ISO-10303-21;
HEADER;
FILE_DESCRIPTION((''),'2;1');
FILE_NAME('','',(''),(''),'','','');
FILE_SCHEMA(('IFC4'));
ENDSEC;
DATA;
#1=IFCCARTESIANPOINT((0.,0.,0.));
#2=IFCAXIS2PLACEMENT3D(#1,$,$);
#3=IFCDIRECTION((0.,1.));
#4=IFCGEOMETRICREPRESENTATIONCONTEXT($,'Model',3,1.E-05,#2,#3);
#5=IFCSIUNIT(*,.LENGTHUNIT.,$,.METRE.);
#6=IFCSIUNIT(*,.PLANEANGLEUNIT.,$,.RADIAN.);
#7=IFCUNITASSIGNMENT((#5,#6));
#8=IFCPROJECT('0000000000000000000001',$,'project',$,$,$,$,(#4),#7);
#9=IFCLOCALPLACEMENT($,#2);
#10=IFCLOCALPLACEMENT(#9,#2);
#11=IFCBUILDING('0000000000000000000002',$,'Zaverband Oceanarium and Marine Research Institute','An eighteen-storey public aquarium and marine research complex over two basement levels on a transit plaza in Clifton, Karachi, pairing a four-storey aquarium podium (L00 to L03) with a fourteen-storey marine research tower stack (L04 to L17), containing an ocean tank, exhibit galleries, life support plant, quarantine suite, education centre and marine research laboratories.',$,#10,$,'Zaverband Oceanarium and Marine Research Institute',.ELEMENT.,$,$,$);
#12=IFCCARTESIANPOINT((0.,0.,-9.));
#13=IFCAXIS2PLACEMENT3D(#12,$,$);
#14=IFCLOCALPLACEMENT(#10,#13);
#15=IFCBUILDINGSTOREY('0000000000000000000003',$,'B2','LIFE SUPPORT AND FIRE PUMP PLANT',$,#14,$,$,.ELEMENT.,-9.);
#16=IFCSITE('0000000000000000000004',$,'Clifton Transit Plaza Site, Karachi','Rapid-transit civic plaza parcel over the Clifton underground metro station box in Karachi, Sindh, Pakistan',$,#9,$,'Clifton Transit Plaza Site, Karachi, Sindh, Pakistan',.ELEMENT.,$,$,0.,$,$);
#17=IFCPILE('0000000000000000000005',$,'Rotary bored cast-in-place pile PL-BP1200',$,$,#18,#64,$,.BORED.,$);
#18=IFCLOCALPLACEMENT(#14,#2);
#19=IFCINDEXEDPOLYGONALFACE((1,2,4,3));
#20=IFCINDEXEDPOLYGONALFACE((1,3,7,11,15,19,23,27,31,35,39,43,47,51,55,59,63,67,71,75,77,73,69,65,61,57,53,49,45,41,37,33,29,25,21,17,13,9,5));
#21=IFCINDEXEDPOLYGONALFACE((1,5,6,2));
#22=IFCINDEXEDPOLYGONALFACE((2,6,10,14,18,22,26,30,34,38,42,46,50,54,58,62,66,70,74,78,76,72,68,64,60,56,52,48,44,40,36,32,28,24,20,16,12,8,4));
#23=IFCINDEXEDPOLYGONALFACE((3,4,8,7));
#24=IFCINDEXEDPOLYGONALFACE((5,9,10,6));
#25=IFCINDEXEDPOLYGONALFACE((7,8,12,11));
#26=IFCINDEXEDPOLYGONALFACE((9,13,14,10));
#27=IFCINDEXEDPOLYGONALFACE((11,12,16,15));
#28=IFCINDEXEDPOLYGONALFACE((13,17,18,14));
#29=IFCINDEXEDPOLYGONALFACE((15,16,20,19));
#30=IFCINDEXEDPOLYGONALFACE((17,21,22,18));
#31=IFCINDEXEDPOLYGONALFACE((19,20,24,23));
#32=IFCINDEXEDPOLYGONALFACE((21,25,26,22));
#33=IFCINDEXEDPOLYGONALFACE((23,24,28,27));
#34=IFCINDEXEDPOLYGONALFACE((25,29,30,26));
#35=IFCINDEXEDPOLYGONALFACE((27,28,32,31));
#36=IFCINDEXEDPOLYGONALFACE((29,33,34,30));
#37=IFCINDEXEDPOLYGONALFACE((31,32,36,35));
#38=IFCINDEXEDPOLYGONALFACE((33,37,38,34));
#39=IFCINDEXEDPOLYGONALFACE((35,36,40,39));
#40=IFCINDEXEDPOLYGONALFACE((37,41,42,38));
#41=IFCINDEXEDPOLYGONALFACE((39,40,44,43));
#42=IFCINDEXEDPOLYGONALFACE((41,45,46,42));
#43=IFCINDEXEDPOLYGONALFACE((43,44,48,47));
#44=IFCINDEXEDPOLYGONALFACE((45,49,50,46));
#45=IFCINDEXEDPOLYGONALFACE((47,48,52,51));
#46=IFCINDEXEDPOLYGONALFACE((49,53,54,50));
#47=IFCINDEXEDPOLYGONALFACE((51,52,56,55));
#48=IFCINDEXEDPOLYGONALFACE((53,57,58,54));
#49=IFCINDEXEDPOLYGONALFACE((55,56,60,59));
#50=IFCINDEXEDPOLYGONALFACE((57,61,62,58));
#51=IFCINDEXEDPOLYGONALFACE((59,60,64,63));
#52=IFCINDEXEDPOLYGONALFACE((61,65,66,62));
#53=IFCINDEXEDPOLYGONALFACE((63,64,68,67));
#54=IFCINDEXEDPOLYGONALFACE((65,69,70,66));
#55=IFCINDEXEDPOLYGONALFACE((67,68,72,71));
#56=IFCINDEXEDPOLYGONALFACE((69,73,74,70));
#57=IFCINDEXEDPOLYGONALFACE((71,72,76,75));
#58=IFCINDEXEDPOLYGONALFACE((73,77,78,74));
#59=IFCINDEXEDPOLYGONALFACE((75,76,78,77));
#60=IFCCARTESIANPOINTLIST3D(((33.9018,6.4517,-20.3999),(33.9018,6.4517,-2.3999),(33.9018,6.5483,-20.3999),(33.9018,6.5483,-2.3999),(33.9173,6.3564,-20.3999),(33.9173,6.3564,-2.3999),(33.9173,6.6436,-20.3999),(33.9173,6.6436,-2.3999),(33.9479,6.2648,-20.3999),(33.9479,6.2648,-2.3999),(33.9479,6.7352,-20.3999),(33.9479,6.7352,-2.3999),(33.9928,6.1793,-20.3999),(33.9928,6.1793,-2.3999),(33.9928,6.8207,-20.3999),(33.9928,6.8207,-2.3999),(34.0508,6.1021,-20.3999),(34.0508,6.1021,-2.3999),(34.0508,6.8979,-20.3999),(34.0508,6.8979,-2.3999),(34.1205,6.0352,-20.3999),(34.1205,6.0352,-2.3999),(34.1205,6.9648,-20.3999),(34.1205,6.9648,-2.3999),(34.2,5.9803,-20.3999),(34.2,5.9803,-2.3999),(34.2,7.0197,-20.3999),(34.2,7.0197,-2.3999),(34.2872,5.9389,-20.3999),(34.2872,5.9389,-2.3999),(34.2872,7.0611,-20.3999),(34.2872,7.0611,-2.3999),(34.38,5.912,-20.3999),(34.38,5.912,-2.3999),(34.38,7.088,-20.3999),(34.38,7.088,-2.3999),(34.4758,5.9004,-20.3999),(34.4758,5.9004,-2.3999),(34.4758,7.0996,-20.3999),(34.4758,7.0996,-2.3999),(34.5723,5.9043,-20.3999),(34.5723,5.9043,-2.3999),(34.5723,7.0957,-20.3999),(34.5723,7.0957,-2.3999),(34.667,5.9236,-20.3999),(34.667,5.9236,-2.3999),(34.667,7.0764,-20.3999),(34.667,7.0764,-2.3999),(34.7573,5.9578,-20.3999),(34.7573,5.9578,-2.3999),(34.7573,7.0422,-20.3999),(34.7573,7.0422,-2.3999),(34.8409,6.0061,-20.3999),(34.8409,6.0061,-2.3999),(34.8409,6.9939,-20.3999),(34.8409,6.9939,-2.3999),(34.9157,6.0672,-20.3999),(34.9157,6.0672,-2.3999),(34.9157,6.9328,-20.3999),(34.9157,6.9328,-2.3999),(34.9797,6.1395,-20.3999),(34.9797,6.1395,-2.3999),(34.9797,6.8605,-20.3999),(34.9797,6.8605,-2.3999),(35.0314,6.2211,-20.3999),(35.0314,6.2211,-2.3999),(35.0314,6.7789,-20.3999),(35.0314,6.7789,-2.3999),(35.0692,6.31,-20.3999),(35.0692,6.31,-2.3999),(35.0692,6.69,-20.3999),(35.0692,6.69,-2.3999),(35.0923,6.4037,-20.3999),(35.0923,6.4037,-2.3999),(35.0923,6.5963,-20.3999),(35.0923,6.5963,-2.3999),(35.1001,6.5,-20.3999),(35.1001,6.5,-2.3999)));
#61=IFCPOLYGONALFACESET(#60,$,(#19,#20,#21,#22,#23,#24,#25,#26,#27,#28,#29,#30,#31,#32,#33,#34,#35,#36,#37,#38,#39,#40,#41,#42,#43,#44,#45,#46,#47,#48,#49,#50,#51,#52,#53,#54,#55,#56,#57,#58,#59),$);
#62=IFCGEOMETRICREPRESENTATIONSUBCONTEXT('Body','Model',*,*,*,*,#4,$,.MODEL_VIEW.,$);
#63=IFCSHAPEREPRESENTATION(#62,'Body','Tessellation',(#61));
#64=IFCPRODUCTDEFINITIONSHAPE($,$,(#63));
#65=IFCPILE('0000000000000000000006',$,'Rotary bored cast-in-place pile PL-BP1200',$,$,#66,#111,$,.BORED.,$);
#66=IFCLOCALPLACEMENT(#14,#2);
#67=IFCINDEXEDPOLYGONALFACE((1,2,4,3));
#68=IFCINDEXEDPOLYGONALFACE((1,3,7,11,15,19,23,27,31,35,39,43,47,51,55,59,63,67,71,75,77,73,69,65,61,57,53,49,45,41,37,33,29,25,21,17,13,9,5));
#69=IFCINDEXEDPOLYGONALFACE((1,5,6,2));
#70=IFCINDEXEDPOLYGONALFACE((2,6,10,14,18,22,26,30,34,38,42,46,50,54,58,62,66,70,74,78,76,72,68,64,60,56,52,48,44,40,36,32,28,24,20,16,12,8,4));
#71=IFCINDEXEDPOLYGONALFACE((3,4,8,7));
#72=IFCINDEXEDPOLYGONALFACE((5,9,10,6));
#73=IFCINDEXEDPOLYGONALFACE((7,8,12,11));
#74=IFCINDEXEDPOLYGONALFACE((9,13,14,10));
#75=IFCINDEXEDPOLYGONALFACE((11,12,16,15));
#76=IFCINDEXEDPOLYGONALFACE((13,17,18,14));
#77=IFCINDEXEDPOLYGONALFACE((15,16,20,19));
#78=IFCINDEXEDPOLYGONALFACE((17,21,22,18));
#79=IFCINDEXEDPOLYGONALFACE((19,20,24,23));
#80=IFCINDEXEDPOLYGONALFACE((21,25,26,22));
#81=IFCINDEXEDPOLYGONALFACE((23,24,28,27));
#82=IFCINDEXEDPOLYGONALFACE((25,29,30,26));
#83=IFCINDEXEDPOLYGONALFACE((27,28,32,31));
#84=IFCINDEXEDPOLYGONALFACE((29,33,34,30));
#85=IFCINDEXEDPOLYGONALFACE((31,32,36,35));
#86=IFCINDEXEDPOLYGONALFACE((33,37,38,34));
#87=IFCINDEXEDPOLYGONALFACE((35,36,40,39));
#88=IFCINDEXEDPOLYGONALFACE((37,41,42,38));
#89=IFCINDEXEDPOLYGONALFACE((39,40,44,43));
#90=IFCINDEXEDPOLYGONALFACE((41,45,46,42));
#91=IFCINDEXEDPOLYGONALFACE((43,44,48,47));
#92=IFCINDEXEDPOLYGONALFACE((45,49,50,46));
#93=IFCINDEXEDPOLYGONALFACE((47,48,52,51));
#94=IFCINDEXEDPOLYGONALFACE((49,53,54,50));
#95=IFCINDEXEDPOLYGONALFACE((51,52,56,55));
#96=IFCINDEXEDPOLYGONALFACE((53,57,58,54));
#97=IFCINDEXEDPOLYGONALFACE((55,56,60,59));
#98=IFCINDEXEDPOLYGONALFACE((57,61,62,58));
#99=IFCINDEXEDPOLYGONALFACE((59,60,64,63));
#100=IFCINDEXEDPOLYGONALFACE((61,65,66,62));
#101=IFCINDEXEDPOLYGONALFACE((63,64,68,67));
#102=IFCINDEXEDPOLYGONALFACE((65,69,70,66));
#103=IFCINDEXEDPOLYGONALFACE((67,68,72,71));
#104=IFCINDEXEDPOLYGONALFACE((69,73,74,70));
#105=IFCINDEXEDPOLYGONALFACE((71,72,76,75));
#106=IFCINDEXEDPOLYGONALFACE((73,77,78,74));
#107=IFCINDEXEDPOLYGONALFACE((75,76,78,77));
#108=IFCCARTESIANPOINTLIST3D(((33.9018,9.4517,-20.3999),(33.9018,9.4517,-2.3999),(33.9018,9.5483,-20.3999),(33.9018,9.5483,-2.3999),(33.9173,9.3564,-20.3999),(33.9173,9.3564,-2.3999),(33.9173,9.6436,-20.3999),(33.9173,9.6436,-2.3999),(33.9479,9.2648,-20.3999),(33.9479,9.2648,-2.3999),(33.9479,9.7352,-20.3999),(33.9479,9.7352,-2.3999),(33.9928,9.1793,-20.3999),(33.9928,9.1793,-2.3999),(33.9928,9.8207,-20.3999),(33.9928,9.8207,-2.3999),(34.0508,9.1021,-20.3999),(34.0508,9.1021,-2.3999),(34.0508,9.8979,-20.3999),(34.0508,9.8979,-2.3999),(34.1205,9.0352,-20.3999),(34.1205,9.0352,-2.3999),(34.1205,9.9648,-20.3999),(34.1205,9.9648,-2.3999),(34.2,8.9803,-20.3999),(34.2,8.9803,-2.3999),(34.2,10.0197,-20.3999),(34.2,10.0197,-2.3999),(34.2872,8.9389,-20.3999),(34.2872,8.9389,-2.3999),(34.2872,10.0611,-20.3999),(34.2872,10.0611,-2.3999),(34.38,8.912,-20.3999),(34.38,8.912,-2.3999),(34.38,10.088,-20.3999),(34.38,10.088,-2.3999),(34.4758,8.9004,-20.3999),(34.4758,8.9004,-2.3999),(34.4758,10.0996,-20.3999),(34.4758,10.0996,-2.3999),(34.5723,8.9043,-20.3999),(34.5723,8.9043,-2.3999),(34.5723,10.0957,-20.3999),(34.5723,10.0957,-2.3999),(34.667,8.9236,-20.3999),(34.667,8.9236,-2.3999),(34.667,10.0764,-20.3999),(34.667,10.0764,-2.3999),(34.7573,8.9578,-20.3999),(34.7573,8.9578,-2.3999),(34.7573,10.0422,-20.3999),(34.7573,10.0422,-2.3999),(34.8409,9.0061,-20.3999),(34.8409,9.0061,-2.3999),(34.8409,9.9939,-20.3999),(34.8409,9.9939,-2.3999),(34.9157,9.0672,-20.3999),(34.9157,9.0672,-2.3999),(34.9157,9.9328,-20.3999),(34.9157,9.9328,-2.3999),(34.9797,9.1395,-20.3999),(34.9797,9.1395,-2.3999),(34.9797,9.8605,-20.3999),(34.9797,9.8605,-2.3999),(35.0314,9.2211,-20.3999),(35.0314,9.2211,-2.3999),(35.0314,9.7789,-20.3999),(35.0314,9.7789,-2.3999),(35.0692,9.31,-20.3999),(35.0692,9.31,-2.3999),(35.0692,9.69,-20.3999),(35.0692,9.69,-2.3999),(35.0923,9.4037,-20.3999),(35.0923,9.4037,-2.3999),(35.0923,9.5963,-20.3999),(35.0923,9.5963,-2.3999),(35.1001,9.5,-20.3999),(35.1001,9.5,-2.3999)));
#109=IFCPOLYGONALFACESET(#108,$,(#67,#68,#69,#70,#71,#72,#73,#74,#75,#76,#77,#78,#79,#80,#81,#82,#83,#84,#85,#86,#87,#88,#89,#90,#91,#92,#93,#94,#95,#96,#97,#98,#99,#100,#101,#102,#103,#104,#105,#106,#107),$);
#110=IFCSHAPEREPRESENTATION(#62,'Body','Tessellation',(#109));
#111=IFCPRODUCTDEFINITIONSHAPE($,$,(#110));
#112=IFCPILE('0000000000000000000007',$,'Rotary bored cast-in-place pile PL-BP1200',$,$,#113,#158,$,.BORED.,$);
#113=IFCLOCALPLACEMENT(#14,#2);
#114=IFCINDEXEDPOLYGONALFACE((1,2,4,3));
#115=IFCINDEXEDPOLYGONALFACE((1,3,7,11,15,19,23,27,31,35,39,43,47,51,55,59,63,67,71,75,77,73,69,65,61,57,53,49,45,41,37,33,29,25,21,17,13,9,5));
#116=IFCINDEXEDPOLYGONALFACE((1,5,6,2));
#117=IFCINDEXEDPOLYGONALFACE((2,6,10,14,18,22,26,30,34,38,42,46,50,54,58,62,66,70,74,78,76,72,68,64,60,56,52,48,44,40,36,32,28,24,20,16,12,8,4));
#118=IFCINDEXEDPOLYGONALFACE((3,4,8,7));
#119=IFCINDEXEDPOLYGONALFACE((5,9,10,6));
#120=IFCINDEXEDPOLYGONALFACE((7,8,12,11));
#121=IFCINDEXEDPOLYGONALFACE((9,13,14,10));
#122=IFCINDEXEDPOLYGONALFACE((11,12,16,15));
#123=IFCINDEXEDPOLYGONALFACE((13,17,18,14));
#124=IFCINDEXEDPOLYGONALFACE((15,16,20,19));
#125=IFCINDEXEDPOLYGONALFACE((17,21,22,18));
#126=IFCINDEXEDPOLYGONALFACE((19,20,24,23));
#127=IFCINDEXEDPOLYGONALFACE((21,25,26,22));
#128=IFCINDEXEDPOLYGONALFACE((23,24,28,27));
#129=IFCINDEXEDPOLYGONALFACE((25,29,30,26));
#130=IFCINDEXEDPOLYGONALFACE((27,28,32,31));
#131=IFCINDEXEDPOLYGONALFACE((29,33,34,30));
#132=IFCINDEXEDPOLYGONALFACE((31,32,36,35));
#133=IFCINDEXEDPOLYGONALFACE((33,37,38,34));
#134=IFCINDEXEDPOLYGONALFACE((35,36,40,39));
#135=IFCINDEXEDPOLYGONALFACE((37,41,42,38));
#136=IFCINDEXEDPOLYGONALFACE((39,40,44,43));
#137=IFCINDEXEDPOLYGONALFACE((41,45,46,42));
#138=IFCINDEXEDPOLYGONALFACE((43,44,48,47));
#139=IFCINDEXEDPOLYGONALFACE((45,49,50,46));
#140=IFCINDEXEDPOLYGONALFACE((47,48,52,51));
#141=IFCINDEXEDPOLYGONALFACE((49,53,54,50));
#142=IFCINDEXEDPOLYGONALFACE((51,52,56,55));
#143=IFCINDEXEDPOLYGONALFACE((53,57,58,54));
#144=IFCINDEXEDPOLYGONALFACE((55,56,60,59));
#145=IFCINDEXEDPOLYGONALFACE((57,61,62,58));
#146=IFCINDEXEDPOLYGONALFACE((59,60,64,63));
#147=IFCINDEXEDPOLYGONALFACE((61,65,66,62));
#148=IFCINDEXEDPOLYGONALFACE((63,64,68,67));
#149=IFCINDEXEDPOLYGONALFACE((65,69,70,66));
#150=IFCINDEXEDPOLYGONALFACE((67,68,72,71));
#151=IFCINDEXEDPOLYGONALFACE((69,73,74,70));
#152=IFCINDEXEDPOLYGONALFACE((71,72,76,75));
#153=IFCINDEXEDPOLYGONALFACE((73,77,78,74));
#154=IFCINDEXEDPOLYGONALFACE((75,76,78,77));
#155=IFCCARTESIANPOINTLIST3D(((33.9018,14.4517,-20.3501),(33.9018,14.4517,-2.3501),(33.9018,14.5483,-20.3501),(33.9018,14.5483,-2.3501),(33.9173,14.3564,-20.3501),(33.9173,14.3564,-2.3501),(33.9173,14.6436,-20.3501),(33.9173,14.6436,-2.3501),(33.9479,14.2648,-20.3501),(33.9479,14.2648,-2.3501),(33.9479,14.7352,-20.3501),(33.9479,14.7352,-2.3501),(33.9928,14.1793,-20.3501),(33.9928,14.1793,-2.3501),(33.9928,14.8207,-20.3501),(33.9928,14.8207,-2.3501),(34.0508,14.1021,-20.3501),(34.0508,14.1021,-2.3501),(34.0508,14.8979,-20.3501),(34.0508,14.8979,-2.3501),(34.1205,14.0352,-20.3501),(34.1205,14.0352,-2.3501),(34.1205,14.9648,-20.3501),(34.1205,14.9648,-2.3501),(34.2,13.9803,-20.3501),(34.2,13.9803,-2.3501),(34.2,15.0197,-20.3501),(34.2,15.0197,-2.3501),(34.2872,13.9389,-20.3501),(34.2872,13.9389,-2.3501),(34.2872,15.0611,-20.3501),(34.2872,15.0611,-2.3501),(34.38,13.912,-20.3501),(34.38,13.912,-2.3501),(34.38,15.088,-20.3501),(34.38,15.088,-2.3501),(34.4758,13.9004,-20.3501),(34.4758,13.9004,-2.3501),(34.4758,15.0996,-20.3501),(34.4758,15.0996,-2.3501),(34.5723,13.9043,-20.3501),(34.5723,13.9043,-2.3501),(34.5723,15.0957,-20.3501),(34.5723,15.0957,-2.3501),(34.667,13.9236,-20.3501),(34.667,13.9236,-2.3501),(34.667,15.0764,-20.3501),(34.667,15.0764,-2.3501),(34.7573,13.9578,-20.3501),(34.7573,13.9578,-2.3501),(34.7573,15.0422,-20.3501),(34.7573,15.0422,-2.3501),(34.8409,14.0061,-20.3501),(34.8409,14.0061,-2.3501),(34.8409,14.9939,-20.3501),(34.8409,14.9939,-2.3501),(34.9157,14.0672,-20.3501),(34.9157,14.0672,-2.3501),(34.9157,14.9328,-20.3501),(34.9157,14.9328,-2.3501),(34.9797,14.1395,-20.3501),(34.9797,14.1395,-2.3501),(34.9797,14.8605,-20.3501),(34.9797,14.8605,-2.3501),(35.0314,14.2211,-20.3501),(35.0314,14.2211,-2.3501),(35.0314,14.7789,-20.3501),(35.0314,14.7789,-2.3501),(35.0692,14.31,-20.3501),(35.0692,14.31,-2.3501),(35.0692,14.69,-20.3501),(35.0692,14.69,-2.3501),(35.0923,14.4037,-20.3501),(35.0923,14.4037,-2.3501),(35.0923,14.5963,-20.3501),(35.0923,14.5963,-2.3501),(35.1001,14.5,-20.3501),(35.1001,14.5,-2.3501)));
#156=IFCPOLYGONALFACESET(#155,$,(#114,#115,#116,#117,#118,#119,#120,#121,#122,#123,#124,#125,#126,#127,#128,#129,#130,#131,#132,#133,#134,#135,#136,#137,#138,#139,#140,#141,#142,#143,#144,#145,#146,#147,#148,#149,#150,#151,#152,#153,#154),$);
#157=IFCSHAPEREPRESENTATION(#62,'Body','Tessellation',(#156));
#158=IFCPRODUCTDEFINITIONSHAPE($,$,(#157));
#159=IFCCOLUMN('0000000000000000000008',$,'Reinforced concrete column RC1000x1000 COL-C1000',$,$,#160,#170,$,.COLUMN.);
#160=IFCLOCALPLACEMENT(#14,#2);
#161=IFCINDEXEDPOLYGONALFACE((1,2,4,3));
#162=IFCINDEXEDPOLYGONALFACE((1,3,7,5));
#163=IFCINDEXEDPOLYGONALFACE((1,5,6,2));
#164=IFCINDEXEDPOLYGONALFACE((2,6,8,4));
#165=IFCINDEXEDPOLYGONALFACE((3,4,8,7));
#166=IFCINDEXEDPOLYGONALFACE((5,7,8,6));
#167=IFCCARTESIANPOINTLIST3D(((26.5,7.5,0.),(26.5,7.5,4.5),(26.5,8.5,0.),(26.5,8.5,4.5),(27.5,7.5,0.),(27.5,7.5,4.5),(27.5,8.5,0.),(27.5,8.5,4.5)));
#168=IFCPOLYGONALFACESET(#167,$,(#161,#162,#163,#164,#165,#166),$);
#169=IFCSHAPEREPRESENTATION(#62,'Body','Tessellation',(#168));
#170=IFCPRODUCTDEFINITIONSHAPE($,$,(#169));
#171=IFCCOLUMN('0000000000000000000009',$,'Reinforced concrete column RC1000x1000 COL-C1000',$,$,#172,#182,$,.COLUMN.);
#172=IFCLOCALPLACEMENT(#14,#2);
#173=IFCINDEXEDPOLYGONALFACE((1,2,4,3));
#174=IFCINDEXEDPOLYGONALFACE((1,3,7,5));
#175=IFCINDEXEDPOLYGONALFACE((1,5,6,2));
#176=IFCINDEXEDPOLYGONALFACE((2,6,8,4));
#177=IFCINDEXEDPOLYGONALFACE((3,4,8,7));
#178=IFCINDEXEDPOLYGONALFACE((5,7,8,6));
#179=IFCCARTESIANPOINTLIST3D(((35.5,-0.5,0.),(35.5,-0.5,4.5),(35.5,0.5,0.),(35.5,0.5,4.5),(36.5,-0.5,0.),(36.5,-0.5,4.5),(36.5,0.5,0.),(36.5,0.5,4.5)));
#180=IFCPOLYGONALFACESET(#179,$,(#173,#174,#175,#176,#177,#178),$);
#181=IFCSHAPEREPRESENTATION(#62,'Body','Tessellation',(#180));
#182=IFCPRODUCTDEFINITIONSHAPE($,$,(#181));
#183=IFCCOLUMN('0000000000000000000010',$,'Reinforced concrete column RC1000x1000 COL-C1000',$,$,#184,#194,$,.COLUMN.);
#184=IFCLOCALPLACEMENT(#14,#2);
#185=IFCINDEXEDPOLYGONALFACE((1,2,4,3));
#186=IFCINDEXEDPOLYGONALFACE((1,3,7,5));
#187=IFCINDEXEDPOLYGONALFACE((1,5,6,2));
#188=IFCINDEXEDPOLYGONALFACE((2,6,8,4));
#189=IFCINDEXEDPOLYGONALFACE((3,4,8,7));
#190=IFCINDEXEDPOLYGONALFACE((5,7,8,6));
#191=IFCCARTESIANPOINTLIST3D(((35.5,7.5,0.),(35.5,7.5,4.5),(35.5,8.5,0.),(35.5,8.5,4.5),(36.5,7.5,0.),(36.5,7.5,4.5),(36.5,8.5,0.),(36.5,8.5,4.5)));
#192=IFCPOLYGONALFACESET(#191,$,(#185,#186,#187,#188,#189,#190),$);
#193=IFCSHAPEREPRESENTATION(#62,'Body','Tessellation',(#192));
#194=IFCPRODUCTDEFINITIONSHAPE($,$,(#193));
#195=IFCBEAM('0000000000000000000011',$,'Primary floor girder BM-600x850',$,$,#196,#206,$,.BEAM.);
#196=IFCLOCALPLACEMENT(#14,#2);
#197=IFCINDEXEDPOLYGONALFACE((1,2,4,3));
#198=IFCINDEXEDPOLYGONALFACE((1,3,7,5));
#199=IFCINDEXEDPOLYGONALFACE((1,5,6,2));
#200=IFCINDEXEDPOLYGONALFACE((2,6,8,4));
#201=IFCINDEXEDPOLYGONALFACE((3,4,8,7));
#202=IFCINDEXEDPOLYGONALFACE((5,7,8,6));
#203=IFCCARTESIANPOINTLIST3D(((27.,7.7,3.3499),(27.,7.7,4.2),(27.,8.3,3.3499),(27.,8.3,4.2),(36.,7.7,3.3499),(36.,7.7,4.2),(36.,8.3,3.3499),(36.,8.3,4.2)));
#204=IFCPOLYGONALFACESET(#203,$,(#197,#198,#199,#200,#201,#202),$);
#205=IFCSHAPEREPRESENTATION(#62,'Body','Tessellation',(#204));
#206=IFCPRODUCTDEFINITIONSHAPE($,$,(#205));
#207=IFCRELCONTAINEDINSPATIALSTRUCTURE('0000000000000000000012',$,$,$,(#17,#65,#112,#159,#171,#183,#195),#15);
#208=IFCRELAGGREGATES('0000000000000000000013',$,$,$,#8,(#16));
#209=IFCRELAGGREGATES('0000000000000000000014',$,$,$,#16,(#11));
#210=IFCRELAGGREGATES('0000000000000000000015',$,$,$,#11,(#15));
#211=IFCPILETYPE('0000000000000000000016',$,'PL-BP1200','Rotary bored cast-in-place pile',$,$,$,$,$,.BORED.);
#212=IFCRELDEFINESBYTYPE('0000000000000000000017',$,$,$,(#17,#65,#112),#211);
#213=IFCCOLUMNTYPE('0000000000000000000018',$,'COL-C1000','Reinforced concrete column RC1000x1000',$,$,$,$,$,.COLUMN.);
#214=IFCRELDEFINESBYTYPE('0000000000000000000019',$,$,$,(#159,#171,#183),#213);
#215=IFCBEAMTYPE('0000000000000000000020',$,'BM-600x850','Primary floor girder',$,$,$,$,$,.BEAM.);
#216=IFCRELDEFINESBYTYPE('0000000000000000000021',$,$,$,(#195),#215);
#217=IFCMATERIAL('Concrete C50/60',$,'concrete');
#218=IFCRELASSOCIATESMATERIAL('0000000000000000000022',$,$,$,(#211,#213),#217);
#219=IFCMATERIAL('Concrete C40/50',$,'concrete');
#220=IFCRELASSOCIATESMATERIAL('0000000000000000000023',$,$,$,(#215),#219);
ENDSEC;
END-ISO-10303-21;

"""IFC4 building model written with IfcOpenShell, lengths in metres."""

from ifc_helpers import new_model, si_unit, direction, frame, origin, origin_2d, place, context, subcontext, project, spatial, rectangle, circle, extrude, material, material_profile, profile_set, type_object, element, save


model = new_model("IFC4")

# Units and contexts
model_context = context("Model", 3, precision=1e-05, world=origin(), true_north=direction((0.0, 1.0)))
body_context = subcontext(model_context, "Body", "Model", "MODEL_VIEW")
ifc_project = project(units=[si_unit("LENGTHUNIT", "METRE"), si_unit("PLANEANGLEUNIT", "RADIAN")], contexts=[model_context])

# Site, building, storey
site_placement = place(None, origin())
site = spatial("IfcSite", under=ifc_project, at=site_placement, Name="Clifton Transit Plaza Site, Karachi", Description="Rapid-transit civic plaza parcel over the Clifton underground metro station box in Karachi, Sindh, Pakistan", LongName="Clifton Transit Plaza Site, Karachi, Sindh, Pakistan", CompositionType="ELEMENT", RefElevation=0.0)
building_placement = place(site_placement, origin())
building = spatial("IfcBuilding", under=site, at=building_placement, Name="Zaverband Oceanarium and Marine Research Institute", Description="An eighteen-storey public aquarium and marine research complex over two basement levels on a transit plaza in Clifton, Karachi, pairing a four-storey aquarium podium (L00 to L03) with a fourteen-storey marine research tower stack (L04 to L17), containing an ocean tank, exhibit galleries, life support plant, quarantine suite, education centre and marine research laboratories.", LongName="Zaverband Oceanarium and Marine Research Institute", CompositionType="ELEMENT")
storey_placement = place(building_placement, frame((0.0, 0.0, -9.0)))
storey = spatial("IfcBuildingStorey", under=building, at=storey_placement, Name="B2", Description="LIFE SUPPORT AND FIRE PUMP PLANT", CompositionType="ELEMENT", Elevation=-9.0)

# Shared definitions
ifc_material_1 = material(Name="Concrete C50/60", Category="concrete")

# Piles
ifc_material_profile_1 = material_profile(ifc_material_1, circle(Radius=0.6001, at=origin_2d()), Name="BP1200")
ifc_profile_set_1 = profile_set([ifc_material_profile_1], Name="Concrete C50/60")
pile_type_1 = type_object("IfcPileType", Name="PL-BP1200", Description="Rotary bored cast-in-place pile", PredefinedType="BORED", material=ifc_profile_set_1)
for number, where, z_axis, x_axis, name in (
    (1, (34.5, 6.5, -2.3999), (0.0, 0.0, -1.0), (1.0, 0.0, 0.0), "Rotary bored cast-in-place pile PL-BP1200"),
    (2, (34.5, 9.5, -2.3999), (0.0, 0.0, -1.0), (1.0, 0.0, 0.0), "Rotary bored cast-in-place pile PL-BP1200"),
    (3, (34.5, 14.5, -2.3501), (0.0, 0.0, -1.0), (1.0, 0.0, 0.0), "Rotary bored cast-in-place pile PL-BP1200"),
):
    element("IfcPile", number, at=place(storey_placement, frame(where, z_axis=z_axis, x_axis=x_axis)), inside=storey, type_object=pile_type_1, Name=name, PredefinedType="BORED", context=body_context, shape_type="SweptSolid", body=[
        extrude(circle(Radius=0.6001, at=origin_2d()), origin(), (0.0, 0.0, 1.0), 18.0),
    ])

# Columns
ifc_material_profile_2 = material_profile(ifc_material_1, rectangle(XDim=1.0, YDim=1.0, at=origin_2d()), Name="RC1000x1000")
ifc_profile_set_2 = profile_set([ifc_material_profile_2], Name="Concrete C50/60")
column_type = type_object("IfcColumnType", Name="COL-C1000", Description="Reinforced concrete column RC1000x1000", PredefinedType="COLUMN", material=ifc_profile_set_2)
for number, where, z_axis, x_axis, name in (
    (4, (27.0, 8.0, 0.0), (0.0, 0.0, 1.0), (1.0, 0.0, 0.0), "Reinforced concrete column RC1000x1000 COL-C1000"),
    (5, (36.0, 0.0, 0.0), (0.0, 0.0, 1.0), (1.0, 0.0, 0.0), "Reinforced concrete column RC1000x1000 COL-C1000"),
    (6, (36.0, 8.0, 0.0), (0.0, 0.0, 1.0), (1.0, 0.0, 0.0), "Reinforced concrete column RC1000x1000 COL-C1000"),
):
    element("IfcColumn", number, at=place(storey_placement, frame(where, z_axis=z_axis, x_axis=x_axis)), inside=storey, type_object=column_type, Name=name, PredefinedType="COLUMN", context=body_context, shape_type="SweptSolid", body=[
        extrude(rectangle(XDim=1.0, YDim=1.0, at=origin_2d()), origin(), (0.0, 0.0, 1.0), 4.5),
    ])

# Beam
ifc_material_2 = material(Name="Concrete C40/50", Category="concrete")
ifc_material_profile_3 = material_profile(ifc_material_2, rectangle(XDim=0.6001, YDim=0.8501, at=origin_2d()), Name="RC600x850")
ifc_profile_set_3 = profile_set([ifc_material_profile_3], Name="Concrete C40/50")
beam_type_1 = type_object("IfcBeamType", Name="BM-600x850", Description="Primary floor girder", PredefinedType="BEAM", material=ifc_profile_set_3)
for number, where, z_axis, x_axis, name in (
    (7, (27.0, 8.0, 3.7749), (1.0, 0.0, 0.0), (0.0, 1.0, 0.0), "Primary floor girder BM-600x850"),
):
    element("IfcBeam", number, at=place(storey_placement, frame(where, z_axis=z_axis, x_axis=x_axis)), inside=storey, type_object=beam_type_1, Name=name, PredefinedType="BEAM", context=body_context, shape_type="SweptSolid", body=[
        extrude(rectangle(XDim=0.6001, YDim=0.8501, at=origin_2d()), origin(), (0.0, 0.0, 1.0), 9.0),
    ])

save(model, "model.ifc")
